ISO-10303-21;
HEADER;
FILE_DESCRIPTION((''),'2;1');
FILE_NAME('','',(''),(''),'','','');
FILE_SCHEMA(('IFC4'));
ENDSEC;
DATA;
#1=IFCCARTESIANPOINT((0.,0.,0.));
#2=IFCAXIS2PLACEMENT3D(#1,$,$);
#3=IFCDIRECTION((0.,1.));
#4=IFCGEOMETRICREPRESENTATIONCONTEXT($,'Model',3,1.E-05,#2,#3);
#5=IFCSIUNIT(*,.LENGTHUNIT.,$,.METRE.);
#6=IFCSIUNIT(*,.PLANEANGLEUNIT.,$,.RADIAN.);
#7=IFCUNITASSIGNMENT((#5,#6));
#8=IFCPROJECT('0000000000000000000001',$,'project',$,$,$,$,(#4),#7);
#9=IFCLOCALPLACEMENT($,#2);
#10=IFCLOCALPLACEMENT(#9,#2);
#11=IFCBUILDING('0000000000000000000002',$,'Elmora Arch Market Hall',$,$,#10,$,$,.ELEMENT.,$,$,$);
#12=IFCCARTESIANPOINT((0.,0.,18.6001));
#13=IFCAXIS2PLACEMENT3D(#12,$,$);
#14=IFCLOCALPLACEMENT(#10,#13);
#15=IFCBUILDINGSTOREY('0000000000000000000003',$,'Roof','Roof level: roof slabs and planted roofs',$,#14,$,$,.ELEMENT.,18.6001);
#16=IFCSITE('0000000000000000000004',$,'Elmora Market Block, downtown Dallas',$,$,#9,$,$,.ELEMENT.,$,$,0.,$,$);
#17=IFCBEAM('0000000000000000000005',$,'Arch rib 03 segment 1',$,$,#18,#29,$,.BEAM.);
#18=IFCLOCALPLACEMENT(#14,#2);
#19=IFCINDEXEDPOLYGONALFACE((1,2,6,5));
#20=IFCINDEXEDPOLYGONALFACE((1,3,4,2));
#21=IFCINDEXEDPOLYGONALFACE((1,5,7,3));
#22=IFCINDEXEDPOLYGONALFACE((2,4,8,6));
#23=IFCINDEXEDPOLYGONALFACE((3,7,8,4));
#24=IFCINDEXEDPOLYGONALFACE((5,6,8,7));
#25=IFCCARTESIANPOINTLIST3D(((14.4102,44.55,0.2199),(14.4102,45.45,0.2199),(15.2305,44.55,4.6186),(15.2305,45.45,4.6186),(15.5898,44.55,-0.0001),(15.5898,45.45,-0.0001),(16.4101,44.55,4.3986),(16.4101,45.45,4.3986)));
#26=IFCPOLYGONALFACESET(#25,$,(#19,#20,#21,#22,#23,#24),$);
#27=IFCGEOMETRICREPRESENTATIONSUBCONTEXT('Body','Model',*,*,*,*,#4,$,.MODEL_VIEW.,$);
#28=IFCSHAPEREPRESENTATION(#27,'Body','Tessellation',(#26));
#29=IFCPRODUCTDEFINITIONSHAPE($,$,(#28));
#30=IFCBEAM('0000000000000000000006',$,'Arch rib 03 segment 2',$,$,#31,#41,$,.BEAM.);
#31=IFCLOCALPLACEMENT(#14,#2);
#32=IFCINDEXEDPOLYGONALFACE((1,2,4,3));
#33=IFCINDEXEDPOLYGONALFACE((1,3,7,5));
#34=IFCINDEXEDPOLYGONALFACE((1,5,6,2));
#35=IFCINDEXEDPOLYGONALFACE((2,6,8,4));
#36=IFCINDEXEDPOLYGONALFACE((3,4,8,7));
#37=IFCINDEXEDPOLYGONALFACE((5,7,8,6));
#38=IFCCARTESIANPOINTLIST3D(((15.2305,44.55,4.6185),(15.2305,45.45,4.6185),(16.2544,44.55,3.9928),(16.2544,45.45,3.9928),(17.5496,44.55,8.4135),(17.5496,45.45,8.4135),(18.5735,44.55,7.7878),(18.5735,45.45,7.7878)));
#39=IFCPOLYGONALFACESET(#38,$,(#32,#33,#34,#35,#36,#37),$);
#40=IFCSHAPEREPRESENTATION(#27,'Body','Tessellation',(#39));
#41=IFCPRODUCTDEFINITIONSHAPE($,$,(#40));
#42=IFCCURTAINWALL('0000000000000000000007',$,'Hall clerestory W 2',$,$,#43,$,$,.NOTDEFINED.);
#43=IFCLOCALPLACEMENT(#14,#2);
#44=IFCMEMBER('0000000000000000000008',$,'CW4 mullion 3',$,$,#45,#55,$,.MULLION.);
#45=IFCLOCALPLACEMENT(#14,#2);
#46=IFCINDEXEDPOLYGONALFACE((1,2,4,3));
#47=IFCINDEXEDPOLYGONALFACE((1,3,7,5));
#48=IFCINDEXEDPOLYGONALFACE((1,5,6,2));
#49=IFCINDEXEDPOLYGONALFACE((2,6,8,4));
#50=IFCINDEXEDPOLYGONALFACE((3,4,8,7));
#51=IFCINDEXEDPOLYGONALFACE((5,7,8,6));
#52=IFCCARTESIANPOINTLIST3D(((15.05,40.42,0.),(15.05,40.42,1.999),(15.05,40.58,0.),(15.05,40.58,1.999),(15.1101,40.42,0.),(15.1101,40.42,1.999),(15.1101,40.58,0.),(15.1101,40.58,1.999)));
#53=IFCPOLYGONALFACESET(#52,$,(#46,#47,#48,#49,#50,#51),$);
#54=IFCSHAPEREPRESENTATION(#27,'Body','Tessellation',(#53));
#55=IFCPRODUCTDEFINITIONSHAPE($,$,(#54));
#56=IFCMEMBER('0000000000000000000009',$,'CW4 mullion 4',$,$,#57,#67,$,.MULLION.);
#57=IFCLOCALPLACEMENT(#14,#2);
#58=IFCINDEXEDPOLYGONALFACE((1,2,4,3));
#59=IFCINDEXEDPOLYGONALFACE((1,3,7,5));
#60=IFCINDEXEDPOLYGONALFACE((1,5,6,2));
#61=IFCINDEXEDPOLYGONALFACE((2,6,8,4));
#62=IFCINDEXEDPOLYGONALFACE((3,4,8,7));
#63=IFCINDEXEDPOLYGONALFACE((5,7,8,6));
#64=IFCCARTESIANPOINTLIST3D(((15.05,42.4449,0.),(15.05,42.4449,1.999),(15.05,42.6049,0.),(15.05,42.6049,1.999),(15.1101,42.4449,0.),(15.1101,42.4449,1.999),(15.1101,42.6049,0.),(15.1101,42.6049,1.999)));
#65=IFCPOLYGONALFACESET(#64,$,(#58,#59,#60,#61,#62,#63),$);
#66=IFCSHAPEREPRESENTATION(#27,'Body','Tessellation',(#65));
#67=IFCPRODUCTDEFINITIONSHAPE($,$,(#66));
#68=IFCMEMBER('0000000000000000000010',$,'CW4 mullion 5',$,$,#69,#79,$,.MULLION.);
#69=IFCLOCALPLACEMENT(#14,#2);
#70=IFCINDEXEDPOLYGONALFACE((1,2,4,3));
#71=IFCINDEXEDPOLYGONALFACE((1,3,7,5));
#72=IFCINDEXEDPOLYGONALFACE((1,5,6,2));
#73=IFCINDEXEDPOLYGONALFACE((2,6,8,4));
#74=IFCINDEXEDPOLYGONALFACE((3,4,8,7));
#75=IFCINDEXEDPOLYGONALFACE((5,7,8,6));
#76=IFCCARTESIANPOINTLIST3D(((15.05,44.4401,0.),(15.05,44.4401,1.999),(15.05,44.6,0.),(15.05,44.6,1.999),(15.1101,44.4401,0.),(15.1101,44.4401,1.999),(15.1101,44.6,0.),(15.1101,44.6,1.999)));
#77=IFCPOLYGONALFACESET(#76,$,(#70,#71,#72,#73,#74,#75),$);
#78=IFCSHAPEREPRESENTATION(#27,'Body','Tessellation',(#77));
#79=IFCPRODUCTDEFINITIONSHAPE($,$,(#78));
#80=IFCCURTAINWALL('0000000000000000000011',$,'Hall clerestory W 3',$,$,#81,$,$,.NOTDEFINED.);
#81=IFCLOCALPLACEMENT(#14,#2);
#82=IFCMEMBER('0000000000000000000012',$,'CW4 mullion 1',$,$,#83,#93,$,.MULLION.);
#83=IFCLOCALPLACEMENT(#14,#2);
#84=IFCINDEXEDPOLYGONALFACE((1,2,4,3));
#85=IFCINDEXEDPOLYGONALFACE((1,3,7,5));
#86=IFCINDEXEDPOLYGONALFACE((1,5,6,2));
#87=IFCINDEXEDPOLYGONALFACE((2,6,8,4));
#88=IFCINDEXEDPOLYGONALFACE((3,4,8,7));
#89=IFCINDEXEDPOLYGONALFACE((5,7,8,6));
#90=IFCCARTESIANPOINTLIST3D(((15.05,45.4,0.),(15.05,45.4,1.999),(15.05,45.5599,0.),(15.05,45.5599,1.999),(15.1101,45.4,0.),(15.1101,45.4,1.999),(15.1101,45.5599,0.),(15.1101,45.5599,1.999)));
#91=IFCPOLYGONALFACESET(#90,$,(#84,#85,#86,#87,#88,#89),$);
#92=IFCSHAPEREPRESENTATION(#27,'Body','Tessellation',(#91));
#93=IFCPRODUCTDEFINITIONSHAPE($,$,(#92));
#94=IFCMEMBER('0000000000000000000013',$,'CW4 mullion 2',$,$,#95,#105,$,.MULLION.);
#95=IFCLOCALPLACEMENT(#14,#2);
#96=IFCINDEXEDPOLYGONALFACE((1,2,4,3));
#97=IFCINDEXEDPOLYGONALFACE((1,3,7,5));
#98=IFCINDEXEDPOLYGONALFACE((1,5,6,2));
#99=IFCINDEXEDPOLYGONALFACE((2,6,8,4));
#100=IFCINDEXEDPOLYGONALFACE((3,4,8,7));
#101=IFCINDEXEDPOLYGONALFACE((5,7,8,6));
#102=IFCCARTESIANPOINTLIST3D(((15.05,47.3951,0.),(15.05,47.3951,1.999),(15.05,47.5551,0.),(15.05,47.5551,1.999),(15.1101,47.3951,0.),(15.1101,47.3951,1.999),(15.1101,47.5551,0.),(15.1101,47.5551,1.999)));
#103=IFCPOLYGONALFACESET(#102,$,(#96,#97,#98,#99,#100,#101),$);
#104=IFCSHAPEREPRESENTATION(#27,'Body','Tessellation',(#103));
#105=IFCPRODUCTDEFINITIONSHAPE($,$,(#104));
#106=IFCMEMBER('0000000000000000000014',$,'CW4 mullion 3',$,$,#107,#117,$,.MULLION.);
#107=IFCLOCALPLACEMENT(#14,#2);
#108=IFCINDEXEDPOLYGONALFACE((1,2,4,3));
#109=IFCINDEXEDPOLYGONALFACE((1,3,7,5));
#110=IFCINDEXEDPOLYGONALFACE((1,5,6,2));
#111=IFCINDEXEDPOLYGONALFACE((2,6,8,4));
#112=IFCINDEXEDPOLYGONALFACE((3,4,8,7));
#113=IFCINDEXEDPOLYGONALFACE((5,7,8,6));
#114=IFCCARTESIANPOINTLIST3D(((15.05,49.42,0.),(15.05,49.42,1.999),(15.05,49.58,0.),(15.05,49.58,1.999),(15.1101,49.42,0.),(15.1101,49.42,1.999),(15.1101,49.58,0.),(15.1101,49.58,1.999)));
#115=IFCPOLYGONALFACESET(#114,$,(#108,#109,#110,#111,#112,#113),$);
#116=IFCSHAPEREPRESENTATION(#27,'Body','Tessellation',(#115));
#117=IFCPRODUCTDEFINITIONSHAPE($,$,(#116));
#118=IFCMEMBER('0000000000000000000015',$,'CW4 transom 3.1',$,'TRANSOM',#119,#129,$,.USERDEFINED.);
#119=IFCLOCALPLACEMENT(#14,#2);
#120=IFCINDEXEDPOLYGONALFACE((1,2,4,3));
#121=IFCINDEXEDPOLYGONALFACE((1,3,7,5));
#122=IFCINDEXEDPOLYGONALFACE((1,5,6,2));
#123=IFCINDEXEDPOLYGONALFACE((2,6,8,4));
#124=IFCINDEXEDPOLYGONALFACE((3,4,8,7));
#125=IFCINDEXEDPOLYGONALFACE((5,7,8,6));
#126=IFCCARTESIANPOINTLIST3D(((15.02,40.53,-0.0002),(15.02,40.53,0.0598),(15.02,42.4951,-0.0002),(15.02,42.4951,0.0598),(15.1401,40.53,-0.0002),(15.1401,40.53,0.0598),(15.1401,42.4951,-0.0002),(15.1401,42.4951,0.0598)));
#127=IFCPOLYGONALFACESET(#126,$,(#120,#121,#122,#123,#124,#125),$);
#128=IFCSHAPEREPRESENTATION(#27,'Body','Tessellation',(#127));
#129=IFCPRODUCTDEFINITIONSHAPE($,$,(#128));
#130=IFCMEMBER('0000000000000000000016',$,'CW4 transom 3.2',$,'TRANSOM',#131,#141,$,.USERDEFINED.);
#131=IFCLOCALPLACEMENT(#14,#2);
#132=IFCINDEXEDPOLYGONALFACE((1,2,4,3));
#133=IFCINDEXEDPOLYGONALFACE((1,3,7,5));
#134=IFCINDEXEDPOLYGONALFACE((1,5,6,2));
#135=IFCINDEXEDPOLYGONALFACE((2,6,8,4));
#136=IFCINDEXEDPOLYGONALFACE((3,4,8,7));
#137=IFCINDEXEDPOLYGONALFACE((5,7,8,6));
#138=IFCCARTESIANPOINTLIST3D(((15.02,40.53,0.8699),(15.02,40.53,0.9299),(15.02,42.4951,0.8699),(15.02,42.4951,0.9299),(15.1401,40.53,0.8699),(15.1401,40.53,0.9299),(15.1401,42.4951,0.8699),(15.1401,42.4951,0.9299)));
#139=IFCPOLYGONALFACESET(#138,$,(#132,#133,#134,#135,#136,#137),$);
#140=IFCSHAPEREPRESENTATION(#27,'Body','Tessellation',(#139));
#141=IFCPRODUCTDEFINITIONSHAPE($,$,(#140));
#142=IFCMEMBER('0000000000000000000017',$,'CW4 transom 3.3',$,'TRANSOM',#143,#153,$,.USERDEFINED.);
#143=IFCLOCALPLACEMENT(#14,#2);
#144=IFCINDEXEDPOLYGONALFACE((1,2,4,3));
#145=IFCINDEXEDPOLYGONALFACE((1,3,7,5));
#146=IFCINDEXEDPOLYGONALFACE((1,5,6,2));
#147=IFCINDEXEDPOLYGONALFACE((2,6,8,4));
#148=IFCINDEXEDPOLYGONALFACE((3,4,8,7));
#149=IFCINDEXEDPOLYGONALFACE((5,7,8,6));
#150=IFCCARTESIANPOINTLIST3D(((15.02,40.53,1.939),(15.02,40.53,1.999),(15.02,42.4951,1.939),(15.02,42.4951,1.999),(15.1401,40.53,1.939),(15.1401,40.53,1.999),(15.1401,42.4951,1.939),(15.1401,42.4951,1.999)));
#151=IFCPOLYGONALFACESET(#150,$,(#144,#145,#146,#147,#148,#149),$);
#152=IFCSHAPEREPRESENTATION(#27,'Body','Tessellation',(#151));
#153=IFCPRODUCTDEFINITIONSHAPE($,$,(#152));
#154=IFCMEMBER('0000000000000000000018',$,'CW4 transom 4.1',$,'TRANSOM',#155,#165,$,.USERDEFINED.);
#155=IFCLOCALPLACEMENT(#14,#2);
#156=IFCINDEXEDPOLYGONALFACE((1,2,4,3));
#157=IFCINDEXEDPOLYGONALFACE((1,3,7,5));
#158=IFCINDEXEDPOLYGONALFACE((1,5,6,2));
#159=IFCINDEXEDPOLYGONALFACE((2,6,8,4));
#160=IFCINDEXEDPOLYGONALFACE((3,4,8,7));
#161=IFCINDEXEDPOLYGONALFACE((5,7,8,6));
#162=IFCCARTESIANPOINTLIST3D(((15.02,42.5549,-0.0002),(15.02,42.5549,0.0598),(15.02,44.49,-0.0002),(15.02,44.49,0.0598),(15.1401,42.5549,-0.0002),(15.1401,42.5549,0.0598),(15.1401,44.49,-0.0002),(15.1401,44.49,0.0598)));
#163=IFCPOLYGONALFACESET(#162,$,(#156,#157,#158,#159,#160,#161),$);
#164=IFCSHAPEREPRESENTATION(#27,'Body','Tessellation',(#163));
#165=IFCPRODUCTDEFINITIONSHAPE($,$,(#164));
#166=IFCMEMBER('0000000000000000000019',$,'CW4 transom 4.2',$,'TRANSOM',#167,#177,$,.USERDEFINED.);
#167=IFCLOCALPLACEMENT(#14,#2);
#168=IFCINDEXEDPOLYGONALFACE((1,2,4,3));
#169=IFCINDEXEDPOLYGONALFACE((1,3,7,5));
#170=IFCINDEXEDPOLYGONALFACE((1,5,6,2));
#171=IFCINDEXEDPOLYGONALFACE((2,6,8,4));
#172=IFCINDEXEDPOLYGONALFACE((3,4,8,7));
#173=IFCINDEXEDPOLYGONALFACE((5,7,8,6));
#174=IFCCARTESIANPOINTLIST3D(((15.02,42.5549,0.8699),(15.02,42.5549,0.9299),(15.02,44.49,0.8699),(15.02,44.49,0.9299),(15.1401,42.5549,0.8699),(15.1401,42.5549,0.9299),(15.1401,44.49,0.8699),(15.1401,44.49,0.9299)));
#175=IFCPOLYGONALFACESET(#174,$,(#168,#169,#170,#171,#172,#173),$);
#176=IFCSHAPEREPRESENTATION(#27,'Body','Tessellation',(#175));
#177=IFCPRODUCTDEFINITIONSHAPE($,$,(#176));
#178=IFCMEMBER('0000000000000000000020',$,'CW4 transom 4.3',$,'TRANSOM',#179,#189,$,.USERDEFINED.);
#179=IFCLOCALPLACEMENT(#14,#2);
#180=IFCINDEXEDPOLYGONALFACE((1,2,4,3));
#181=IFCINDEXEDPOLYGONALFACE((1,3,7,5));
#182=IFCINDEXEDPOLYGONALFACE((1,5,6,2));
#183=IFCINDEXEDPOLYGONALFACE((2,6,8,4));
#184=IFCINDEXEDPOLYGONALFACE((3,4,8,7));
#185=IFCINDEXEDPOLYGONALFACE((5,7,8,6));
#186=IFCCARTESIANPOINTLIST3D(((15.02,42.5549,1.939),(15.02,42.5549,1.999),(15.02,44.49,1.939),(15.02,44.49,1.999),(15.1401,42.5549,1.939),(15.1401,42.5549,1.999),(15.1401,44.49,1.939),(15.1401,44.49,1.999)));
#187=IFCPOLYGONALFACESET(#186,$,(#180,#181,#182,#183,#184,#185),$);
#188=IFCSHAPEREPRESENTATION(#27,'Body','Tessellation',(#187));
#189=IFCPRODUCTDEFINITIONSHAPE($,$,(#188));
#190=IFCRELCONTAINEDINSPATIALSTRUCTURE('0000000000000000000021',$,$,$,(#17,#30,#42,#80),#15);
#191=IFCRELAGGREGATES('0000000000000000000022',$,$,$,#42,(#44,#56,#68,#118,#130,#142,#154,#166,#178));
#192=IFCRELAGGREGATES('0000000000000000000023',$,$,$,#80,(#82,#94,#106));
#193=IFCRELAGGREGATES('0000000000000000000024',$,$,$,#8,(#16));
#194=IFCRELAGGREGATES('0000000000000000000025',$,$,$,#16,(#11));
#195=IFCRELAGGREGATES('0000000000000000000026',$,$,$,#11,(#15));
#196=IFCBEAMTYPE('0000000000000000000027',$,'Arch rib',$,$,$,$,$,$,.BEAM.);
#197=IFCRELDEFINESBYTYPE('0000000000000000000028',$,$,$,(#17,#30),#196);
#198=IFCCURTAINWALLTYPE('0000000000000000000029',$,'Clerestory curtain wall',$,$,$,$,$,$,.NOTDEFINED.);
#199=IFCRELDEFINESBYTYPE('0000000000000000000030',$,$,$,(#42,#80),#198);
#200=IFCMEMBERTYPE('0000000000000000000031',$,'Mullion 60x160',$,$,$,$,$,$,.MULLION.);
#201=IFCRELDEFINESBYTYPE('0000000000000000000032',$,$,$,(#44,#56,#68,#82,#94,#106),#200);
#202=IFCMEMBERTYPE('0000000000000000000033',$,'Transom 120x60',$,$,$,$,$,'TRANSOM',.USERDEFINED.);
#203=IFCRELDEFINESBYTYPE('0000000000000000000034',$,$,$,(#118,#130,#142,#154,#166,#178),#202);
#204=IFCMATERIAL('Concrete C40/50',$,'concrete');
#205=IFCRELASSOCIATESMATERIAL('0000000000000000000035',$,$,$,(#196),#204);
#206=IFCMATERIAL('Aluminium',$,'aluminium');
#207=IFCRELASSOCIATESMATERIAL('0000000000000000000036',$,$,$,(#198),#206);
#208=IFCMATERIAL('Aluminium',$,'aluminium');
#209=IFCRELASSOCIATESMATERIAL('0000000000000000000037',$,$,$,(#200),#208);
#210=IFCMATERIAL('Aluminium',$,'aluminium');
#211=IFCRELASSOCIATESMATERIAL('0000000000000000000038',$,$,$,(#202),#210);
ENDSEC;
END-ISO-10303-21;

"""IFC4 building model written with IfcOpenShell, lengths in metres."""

from ifc_helpers import new_model, si_unit, direction, frame, origin, origin_2d, place, context, subcontext, project, spatial, rectangle, extrude, material, material_profile, profile_set, type_object, element, aggregate, save


model = new_model("IFC4")

# Units and contexts
model_context = context("Model", 3, precision=1e-05, world=origin(), true_north=direction((0.0, 1.0)))
body_context = subcontext(model_context, "Body", "Model", "MODEL_VIEW")
ifc_project = project(units=[si_unit("LENGTHUNIT", "METRE"), si_unit("PLANEANGLEUNIT", "RADIAN")], contexts=[model_context])

# Site, building, storey
site_placement = place(None, origin())
site = spatial("IfcSite", under=ifc_project, at=site_placement, Name="Elmora Market Block, downtown Dallas", CompositionType="ELEMENT", RefElevation=0.0)
building_placement = place(site_placement, origin())
building = spatial("IfcBuilding", under=site, at=building_placement, Name="Elmora Arch Market Hall", CompositionType="ELEMENT")
storey_placement = place(building_placement, frame((0.0, 0.0, 18.6001)))
storey = spatial("IfcBuildingStorey", under=building, at=storey_placement, Name="Roof", Description="Roof level: roof slabs and planted roofs", CompositionType="ELEMENT", Elevation=18.6001)

# Beams
ifc_material_1 = material(Name="Concrete C40/50", Category="concrete")
ifc_material_profile_1 = material_profile(ifc_material_1, rectangle(XDim=0.8999, YDim=1.2, at=origin_2d()), Name="Arch rib")
ifc_profile_set_1 = profile_set([ifc_material_profile_1], Name="Concrete C40/50")
beam_type = type_object("IfcBeamType", Name="Arch rib", PredefinedType="BEAM", material=ifc_profile_set_1)
beam_1_placement = place(storey_placement, frame((15.0, 45.0, 0.1099), z_axis=(0.18333, 0.0, 0.983051), x_axis=(0.0, 1.0, 0.0)))
element("IfcBeam", 1, at=beam_1_placement, inside=storey, type_object=beam_type, Name="Arch rib 03 segment 1", PredefinedType="BEAM", context=body_context, shape_type="SweptSolid", body=[
    extrude(rectangle(XDim=0.8999, YDim=1.2, at=origin_2d()), origin(), (0.0, 0.0, 1.0), 4.4746),
])
beam_2_placement = place(storey_placement, frame((15.7424, 45.0, 4.3057), z_axis=(0.521446, 0.0, 0.853285), x_axis=(0.0, 1.0, 0.0)))
element("IfcBeam", 2, at=beam_2_placement, inside=storey, type_object=beam_type, Name="Arch rib 03 segment 2", PredefinedType="BEAM", context=body_context, shape_type="SweptSolid", body=[
    extrude(rectangle(XDim=0.8999, YDim=1.2, at=origin_2d()), origin(), (0.0, 0.0, 1.0), 4.4475),
])

# Curtain walls, members
ifc_material_2 = material(Name="Aluminium", Category="aluminium")
curtain_wall_type = type_object("IfcCurtainWallType", Name="Clerestory curtain wall", PredefinedType="NOTDEFINED", material=ifc_material_2)
curtain_wall_1_placement = place(storey_placement, origin())
curtain_wall_1 = element("IfcCurtainWall", 3, at=curtain_wall_1_placement, inside=storey, type_object=curtain_wall_type, Name="Hall clerestory W 2", PredefinedType="NOTDEFINED")
ifc_material_3 = material(Name="Aluminium", Category="aluminium")
ifc_material_profile_2 = material_profile(ifc_material_3, rectangle(XDim=0.0601, YDim=0.1599, at=origin_2d()), Name="AL 60x160")
ifc_profile_set_2 = profile_set([ifc_material_profile_2], Name="Aluminium")
member_type_1 = type_object("IfcMemberType", Name="Mullion 60x160", PredefinedType="MULLION", material=ifc_profile_set_2)
member_1_placement = place(storey_placement, frame((15.0801, 40.5, 0.0), z_axis=(0.0, 0.0, 1.0), x_axis=(-1.0, 0.0, 0.0)))
member_1 = element("IfcMember", 4, at=member_1_placement, type_object=member_type_1, Name="CW4 mullion 3", PredefinedType="MULLION", context=body_context, shape_type="SweptSolid", body=[
    extrude(rectangle(XDim=0.0601, YDim=0.1599, at=origin_2d()), origin(), (0.0, 0.0, 1.0), 1.999),
])
member_2_placement = place(storey_placement, frame((15.0801, 42.5249, 0.0), z_axis=(0.0, 0.0, 1.0), x_axis=(-1.0, 0.0, 0.0)))
member_2 = element("IfcMember", 5, at=member_2_placement, type_object=member_type_1, Name="CW4 mullion 4", PredefinedType="MULLION", context=body_context, shape_type="SweptSolid", body=[
    extrude(rectangle(XDim=0.0601, YDim=0.1599, at=origin_2d()), origin(), (0.0, 0.0, 1.0), 1.999),
])
member_3_placement = place(storey_placement, frame((15.0801, 44.52, 0.0), z_axis=(0.0, 0.0, 1.0), x_axis=(-1.0, 0.0, 0.0)))
member_3 = element("IfcMember", 6, at=member_3_placement, type_object=member_type_1, Name="CW4 mullion 5", PredefinedType="MULLION", context=body_context, shape_type="SweptSolid", body=[
    extrude(rectangle(XDim=0.0601, YDim=0.1599, at=origin_2d()), origin(), (0.0, 0.0, 1.0), 1.999),
])
curtain_wall_2_placement = place(storey_placement, origin())
curtain_wall_2 = element("IfcCurtainWall", 7, at=curtain_wall_2_placement, inside=storey, type_object=curtain_wall_type, Name="Hall clerestory W 3", PredefinedType="NOTDEFINED")
member_4_placement = place(storey_placement, frame((15.0801, 45.48, 0.0), z_axis=(0.0, 0.0, 1.0), x_axis=(-1.0, 0.0, 0.0)))
member_4 = element("IfcMember", 8, at=member_4_placement, type_object=member_type_1, Name="CW4 mullion 1", PredefinedType="MULLION", context=body_context, shape_type="SweptSolid", body=[
    extrude(rectangle(XDim=0.0601, YDim=0.1599, at=origin_2d()), origin(), (0.0, 0.0, 1.0), 1.999),
])
member_5_placement = place(storey_placement, frame((15.0801, 47.4751, 0.0), z_axis=(0.0, 0.0, 1.0), x_axis=(-1.0, 0.0, 0.0)))
member_5 = element("IfcMember", 9, at=member_5_placement, type_object=member_type_1, Name="CW4 mullion 2", PredefinedType="MULLION", context=body_context, shape_type="SweptSolid", body=[
    extrude(rectangle(XDim=0.0601, YDim=0.1599, at=origin_2d()), origin(), (0.0, 0.0, 1.0), 1.999),
])
member_6_placement = place(storey_placement, frame((15.0801, 49.5, 0.0), z_axis=(0.0, 0.0, 1.0), x_axis=(-1.0, 0.0, 0.0)))
member_6 = element("IfcMember", 10, at=member_6_placement, type_object=member_type_1, Name="CW4 mullion 3", PredefinedType="MULLION", context=body_context, shape_type="SweptSolid", body=[
    extrude(rectangle(XDim=0.0601, YDim=0.1599, at=origin_2d()), origin(), (0.0, 0.0, 1.0), 1.999),
])

# Members
ifc_material_4 = material(Name="Aluminium", Category="aluminium")
ifc_material_profile_3 = material_profile(ifc_material_4, rectangle(XDim=0.1201, YDim=0.0601, at=origin_2d()), Name="AL 120x60")
ifc_profile_set_3 = profile_set([ifc_material_profile_3], Name="Aluminium")
member_type_2 = type_object("IfcMemberType", Name="Transom 120x60", ElementType="TRANSOM", PredefinedType="USERDEFINED", material=ifc_profile_set_3)
member_7_placement = place(storey_placement, frame((15.0801, 40.53, 0.0298), z_axis=(0.0, 1.0, 0.0), x_axis=(-1.0, 0.0, 0.0)))
member_7 = element("IfcMember", 11, at=member_7_placement, type_object=member_type_2, Name="CW4 transom 3.1", ObjectType="TRANSOM", PredefinedType="USERDEFINED", context=body_context, shape_type="SweptSolid", body=[
    extrude(rectangle(XDim=0.1201, YDim=0.0601, at=origin_2d()), origin(), (0.0, 0.0, 1.0), 1.9651),
])
member_8_placement = place(storey_placement, frame((15.0801, 40.53, 0.8999), z_axis=(0.0, 1.0, 0.0), x_axis=(-1.0, 0.0, 0.0)))
member_8 = element("IfcMember", 12, at=member_8_placement, type_object=member_type_2, Name="CW4 transom 3.2", ObjectType="TRANSOM", PredefinedType="USERDEFINED", context=body_context, shape_type="SweptSolid", body=[
    extrude(rectangle(XDim=0.1201, YDim=0.0601, at=origin_2d()), origin(), (0.0, 0.0, 1.0), 1.9651),
])
member_9_placement = place(storey_placement, frame((15.0801, 40.53, 1.969), z_axis=(0.0, 1.0, 0.0), x_axis=(-1.0, 0.0, 0.0)))
member_9 = element("IfcMember", 13, at=member_9_placement, type_object=member_type_2, Name="CW4 transom 3.3", ObjectType="TRANSOM", PredefinedType="USERDEFINED", context=body_context, shape_type="SweptSolid", body=[
    extrude(rectangle(XDim=0.1201, YDim=0.0601, at=origin_2d()), origin(), (0.0, 0.0, 1.0), 1.9651),
])
member_10_placement = place(storey_placement, frame((15.0801, 42.5549, 0.0298), z_axis=(0.0, 1.0, 0.0), x_axis=(-1.0, 0.0, 0.0)))
member_10 = element("IfcMember", 14, at=member_10_placement, type_object=member_type_2, Name="CW4 transom 4.1", ObjectType="TRANSOM", PredefinedType="USERDEFINED", context=body_context, shape_type="SweptSolid", body=[
    extrude(rectangle(XDim=0.1201, YDim=0.0601, at=origin_2d()), origin(), (0.0, 0.0, 1.0), 1.9351),
])
member_11_placement = place(storey_placement, frame((15.0801, 42.5549, 0.8999), z_axis=(0.0, 1.0, 0.0), x_axis=(-1.0, 0.0, 0.0)))
member_11 = element("IfcMember", 15, at=member_11_placement, type_object=member_type_2, Name="CW4 transom 4.2", ObjectType="TRANSOM", PredefinedType="USERDEFINED", context=body_context, shape_type="SweptSolid", body=[
    extrude(rectangle(XDim=0.1201, YDim=0.0601, at=origin_2d()), origin(), (0.0, 0.0, 1.0), 1.9351),
])
member_12_placement = place(storey_placement, frame((15.0801, 42.5549, 1.969), z_axis=(0.0, 1.0, 0.0), x_axis=(-1.0, 0.0, 0.0)))
member_12 = element("IfcMember", 16, at=member_12_placement, type_object=member_type_2, Name="CW4 transom 4.3", ObjectType="TRANSOM", PredefinedType="USERDEFINED", context=body_context, shape_type="SweptSolid", body=[
    extrude(rectangle(XDim=0.1201, YDim=0.0601, at=origin_2d()), origin(), (0.0, 0.0, 1.0), 1.9351),
])

aggregate(curtain_wall_1, [member_1, member_2, member_3, member_7, member_8, member_9, member_10, member_11, member_12])
aggregate(curtain_wall_2, [member_4, member_5, member_6])

save(model, "model.ifc")
